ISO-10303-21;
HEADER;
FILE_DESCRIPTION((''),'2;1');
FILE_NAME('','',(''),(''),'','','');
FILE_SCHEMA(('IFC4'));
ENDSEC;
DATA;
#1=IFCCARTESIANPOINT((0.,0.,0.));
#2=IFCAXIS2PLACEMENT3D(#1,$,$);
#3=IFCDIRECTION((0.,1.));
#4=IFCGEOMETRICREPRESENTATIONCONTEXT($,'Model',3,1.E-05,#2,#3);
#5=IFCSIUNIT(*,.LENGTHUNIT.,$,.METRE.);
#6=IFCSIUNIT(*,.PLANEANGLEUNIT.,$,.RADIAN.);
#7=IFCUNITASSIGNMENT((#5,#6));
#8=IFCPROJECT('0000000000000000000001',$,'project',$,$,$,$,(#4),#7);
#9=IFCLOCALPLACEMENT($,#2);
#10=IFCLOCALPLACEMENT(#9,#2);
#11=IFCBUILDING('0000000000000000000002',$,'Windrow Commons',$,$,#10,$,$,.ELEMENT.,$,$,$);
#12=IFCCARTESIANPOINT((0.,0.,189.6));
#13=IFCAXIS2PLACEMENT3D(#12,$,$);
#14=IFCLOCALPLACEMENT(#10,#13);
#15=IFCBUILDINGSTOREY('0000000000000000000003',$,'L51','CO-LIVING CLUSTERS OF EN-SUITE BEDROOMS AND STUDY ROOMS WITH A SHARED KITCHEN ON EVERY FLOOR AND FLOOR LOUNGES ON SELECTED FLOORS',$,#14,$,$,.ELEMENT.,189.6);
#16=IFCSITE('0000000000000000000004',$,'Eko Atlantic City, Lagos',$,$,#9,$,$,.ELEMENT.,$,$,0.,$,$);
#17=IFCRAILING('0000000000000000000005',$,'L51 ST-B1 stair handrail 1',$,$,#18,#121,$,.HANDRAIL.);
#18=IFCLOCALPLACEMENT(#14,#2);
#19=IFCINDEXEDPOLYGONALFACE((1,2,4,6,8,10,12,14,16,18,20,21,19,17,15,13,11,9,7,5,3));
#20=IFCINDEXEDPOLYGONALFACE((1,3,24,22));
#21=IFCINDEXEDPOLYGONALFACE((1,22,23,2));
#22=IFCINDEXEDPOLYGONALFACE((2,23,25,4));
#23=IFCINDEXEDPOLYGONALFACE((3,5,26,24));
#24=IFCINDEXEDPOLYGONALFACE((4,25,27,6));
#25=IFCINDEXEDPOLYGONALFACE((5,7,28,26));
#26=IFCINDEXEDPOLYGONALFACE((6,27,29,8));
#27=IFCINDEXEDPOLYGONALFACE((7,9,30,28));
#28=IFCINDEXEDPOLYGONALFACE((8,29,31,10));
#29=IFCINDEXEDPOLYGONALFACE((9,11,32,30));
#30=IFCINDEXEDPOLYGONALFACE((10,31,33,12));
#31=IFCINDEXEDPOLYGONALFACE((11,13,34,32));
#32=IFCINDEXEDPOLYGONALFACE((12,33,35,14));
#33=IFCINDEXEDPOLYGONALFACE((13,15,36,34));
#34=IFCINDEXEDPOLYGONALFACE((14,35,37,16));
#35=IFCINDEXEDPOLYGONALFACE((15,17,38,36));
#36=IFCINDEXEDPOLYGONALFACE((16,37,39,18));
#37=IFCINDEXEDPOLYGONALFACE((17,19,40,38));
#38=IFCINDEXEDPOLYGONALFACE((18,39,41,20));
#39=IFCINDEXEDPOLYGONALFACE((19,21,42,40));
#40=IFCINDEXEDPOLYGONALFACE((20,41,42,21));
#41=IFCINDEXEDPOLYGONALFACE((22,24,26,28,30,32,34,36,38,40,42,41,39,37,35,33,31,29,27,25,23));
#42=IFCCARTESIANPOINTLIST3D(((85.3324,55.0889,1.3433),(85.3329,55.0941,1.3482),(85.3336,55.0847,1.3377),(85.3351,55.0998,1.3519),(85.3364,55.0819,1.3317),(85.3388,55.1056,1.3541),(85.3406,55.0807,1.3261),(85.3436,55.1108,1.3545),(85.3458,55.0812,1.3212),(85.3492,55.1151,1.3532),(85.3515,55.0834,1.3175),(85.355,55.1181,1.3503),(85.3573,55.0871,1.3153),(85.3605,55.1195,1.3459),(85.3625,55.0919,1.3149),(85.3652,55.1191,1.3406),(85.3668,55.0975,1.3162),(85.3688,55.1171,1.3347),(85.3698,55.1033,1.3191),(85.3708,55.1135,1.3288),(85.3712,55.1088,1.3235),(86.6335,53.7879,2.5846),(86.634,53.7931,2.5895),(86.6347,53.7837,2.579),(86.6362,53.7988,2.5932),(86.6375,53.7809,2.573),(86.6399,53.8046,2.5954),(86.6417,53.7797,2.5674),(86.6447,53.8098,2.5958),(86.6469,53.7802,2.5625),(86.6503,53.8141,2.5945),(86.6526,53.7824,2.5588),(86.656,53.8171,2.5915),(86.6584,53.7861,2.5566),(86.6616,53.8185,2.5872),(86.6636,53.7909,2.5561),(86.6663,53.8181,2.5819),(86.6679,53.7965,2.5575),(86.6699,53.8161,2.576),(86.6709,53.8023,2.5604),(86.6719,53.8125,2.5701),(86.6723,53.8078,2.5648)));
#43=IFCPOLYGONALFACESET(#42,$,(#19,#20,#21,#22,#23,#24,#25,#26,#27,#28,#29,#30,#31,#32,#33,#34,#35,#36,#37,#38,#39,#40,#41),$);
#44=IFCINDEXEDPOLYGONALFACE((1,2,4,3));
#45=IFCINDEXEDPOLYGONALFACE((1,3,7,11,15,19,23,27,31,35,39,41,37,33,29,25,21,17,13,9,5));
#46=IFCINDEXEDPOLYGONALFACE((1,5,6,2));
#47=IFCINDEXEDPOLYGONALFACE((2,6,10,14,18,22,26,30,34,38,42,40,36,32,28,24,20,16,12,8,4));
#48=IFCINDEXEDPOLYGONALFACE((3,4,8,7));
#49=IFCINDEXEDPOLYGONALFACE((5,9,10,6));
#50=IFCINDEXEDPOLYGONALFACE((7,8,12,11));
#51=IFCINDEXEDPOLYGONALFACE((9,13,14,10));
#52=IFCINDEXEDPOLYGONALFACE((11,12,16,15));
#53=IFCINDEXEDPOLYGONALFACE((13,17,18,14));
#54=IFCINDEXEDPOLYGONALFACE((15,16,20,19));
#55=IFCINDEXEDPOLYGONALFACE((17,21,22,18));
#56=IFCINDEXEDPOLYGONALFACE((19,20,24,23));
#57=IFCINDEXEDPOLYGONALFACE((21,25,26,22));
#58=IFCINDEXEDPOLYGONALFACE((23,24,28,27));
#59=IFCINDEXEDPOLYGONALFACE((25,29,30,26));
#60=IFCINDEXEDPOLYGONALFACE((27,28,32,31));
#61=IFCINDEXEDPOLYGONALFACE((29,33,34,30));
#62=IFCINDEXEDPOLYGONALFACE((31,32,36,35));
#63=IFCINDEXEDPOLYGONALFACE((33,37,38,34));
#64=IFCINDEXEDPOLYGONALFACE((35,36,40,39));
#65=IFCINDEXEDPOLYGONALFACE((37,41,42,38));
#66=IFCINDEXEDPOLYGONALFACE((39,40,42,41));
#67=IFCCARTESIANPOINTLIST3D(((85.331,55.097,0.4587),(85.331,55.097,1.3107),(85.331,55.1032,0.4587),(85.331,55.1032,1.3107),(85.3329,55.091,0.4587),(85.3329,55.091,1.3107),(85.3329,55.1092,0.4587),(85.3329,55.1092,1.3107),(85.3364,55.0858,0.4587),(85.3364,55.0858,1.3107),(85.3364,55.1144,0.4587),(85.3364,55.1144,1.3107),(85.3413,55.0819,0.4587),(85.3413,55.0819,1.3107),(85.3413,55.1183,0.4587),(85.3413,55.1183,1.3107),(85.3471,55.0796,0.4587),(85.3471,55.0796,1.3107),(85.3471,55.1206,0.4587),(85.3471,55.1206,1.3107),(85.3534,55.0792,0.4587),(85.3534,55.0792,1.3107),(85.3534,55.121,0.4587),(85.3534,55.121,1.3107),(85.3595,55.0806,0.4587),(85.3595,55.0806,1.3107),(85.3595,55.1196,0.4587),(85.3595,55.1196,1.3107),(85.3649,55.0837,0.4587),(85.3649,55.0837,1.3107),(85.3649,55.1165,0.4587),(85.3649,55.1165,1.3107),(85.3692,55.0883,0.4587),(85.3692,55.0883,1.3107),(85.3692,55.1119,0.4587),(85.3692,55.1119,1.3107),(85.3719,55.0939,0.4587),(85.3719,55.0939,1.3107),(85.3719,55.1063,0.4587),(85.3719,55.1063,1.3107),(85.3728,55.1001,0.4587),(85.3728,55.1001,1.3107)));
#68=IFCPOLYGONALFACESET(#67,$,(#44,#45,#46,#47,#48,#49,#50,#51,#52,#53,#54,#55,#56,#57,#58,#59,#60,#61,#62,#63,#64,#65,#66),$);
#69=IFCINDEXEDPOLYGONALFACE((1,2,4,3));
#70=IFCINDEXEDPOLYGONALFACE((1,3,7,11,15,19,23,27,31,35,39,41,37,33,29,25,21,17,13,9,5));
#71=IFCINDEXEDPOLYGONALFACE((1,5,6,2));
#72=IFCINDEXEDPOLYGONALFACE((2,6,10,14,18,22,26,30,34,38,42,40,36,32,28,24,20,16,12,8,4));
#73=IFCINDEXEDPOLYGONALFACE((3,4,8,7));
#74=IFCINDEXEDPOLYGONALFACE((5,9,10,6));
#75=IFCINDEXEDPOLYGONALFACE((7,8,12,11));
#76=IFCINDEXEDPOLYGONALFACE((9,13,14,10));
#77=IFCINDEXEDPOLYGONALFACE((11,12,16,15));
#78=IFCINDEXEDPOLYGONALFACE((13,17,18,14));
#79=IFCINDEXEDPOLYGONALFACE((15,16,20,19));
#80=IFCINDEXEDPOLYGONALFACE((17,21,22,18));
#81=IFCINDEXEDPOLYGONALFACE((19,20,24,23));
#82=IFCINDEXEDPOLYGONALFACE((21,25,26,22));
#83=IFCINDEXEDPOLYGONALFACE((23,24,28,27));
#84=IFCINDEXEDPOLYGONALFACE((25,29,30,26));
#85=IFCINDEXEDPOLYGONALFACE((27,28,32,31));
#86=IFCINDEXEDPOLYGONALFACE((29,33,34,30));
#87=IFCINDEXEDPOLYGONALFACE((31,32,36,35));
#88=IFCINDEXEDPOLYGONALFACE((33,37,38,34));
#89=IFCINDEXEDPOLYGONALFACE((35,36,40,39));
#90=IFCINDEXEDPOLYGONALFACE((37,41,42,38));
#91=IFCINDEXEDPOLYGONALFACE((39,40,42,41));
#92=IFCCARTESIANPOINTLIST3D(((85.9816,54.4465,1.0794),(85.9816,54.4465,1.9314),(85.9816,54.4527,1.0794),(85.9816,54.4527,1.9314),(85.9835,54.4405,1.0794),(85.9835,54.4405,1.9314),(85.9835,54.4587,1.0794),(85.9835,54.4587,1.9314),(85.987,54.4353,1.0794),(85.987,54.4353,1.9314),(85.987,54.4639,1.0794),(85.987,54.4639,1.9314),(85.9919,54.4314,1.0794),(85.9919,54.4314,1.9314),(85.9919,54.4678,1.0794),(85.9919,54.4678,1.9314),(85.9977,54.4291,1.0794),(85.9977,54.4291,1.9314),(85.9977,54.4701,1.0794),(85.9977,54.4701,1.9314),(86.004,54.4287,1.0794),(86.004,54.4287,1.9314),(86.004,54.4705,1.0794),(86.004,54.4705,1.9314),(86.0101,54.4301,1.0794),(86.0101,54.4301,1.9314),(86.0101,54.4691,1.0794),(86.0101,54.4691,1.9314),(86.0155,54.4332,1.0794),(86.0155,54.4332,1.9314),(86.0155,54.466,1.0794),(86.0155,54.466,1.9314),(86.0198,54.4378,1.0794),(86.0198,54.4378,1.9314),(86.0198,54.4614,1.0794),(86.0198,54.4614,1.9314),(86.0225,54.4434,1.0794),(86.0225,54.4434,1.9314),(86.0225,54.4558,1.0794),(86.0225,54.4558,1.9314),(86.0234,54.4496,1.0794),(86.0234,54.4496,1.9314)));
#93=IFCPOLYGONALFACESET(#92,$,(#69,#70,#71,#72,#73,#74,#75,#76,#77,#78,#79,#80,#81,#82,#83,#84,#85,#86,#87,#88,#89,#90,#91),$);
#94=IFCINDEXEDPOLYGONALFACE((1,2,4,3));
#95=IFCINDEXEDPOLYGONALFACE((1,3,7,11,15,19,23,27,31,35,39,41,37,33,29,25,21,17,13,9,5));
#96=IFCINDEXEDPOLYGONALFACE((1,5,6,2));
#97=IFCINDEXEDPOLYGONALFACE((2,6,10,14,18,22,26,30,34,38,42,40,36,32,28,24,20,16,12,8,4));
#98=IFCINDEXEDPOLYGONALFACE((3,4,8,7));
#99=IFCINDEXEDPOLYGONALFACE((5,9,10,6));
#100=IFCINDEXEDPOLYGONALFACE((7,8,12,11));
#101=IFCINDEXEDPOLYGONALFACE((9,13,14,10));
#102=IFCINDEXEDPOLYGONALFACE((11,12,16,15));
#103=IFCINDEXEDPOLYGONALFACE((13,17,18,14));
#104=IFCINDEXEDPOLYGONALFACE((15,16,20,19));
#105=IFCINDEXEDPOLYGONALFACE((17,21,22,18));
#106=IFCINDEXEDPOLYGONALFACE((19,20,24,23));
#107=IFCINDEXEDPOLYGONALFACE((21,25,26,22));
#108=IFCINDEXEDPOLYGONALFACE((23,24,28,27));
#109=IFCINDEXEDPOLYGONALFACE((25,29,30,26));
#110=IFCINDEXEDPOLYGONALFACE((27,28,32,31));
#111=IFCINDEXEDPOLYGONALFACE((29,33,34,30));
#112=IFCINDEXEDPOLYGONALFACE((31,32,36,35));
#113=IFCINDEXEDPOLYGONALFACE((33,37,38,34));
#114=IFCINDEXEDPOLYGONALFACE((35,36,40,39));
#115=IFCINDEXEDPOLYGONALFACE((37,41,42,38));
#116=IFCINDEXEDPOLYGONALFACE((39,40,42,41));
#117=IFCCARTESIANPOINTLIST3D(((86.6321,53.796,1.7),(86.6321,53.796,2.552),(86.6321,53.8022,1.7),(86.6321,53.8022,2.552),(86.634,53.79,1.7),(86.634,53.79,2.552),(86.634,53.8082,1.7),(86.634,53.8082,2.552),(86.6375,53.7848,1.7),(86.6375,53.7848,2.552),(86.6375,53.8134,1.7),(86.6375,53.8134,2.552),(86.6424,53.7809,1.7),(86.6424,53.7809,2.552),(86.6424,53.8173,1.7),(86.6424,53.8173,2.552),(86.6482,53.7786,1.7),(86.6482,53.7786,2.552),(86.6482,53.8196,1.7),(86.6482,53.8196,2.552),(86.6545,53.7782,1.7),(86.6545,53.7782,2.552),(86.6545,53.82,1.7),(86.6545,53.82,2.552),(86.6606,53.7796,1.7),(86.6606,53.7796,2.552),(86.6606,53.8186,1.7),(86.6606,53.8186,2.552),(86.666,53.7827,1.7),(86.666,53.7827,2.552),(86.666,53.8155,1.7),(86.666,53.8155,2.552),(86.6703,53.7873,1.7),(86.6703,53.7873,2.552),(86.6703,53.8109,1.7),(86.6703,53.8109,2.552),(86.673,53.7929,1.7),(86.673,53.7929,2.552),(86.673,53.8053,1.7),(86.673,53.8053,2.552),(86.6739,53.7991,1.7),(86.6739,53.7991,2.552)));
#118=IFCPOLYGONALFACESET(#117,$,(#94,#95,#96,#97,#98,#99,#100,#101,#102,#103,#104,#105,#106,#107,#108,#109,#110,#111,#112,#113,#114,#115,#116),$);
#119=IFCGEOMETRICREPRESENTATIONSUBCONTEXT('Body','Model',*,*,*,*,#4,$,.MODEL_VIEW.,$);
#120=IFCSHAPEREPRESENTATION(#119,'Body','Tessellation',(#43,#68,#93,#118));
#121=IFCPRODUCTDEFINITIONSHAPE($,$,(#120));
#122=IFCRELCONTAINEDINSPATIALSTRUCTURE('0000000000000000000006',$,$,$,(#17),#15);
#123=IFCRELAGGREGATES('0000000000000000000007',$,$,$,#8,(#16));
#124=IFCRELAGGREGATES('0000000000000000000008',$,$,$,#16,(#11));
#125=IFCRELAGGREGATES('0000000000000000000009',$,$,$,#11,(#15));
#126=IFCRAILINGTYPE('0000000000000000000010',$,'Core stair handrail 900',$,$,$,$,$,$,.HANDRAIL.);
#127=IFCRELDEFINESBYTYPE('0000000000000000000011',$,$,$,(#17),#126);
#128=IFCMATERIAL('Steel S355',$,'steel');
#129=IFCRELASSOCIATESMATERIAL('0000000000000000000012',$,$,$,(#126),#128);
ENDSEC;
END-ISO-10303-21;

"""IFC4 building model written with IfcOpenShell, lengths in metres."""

from ifc_helpers import new_model, si_unit, direction, frame, origin, origin_2d, place, context, subcontext, project, spatial, circle, extrude, material, type_object, element, save


model = new_model("IFC4")

# Units and contexts
model_context = context("Model", 3, precision=1e-05, world=origin(), true_north=direction((0.0, 1.0)))
body_context = subcontext(model_context, "Body", "Model", "MODEL_VIEW")
ifc_project = project(units=[si_unit("LENGTHUNIT", "METRE"), si_unit("PLANEANGLEUNIT", "RADIAN")], contexts=[model_context])

# Site, building, storey
site_placement = place(None, origin())
site = spatial("IfcSite", under=ifc_project, at=site_placement, Name="Eko Atlantic City, Lagos", CompositionType="ELEMENT", RefElevation=0.0)
building_placement = place(site_placement, origin())
building = spatial("IfcBuilding", under=site, at=building_placement, Name="Windrow Commons", CompositionType="ELEMENT")
storey_placement = place(building_placement, frame((0.0, 0.0, 189.6)))
storey = spatial("IfcBuildingStorey", under=building, at=storey_placement, Name="L51", Description="CO-LIVING CLUSTERS OF EN-SUITE BEDROOMS AND STUDY ROOMS WITH A SHARED KITCHEN ON EVERY FLOOR AND FLOOR LOUNGES ON SELECTED FLOORS", CompositionType="ELEMENT", Elevation=189.6)

# Railing
ifc_material_1 = material(Name="Steel S355", Category="steel")
railing_type_1 = type_object("IfcRailingType", Name="Core stair handrail 900", PredefinedType="HANDRAIL", material=ifc_material_1)
railing_1_placement = place(storey_placement, frame((85.3518, 55.1001, 0.4587)))
element("IfcRailing", 1, at=railing_1_placement, inside=storey, type_object=railing_type_1, Name="L51 ST-B1 stair handrail 1", PredefinedType="HANDRAIL", context=body_context, shape_type="SweptSolid", body=[
    extrude(circle(Radius=0.024, at=origin_2d()), frame((0.0, 0.0, 0.876), z_axis=(0.586207, -0.586162, 0.559264), x_axis=(0.70708, 0.707134, 0.0)), (0.0, 0.0, 1.0), 2.2195),
    extrude(circle(Radius=0.021, at=origin_2d()), origin(), (0.0, 0.0, 1.0), 0.852),
    extrude(circle(Radius=0.021, at=origin_2d()), frame((0.6506, -0.6505, 0.6207)), (0.0, 0.0, 1.0), 0.852),
    extrude(circle(Radius=0.021, at=origin_2d()), frame((1.3011, -1.301, 1.2413)), (0.0, 0.0, 1.0), 0.852),
])

save(model, "model.ifc")
